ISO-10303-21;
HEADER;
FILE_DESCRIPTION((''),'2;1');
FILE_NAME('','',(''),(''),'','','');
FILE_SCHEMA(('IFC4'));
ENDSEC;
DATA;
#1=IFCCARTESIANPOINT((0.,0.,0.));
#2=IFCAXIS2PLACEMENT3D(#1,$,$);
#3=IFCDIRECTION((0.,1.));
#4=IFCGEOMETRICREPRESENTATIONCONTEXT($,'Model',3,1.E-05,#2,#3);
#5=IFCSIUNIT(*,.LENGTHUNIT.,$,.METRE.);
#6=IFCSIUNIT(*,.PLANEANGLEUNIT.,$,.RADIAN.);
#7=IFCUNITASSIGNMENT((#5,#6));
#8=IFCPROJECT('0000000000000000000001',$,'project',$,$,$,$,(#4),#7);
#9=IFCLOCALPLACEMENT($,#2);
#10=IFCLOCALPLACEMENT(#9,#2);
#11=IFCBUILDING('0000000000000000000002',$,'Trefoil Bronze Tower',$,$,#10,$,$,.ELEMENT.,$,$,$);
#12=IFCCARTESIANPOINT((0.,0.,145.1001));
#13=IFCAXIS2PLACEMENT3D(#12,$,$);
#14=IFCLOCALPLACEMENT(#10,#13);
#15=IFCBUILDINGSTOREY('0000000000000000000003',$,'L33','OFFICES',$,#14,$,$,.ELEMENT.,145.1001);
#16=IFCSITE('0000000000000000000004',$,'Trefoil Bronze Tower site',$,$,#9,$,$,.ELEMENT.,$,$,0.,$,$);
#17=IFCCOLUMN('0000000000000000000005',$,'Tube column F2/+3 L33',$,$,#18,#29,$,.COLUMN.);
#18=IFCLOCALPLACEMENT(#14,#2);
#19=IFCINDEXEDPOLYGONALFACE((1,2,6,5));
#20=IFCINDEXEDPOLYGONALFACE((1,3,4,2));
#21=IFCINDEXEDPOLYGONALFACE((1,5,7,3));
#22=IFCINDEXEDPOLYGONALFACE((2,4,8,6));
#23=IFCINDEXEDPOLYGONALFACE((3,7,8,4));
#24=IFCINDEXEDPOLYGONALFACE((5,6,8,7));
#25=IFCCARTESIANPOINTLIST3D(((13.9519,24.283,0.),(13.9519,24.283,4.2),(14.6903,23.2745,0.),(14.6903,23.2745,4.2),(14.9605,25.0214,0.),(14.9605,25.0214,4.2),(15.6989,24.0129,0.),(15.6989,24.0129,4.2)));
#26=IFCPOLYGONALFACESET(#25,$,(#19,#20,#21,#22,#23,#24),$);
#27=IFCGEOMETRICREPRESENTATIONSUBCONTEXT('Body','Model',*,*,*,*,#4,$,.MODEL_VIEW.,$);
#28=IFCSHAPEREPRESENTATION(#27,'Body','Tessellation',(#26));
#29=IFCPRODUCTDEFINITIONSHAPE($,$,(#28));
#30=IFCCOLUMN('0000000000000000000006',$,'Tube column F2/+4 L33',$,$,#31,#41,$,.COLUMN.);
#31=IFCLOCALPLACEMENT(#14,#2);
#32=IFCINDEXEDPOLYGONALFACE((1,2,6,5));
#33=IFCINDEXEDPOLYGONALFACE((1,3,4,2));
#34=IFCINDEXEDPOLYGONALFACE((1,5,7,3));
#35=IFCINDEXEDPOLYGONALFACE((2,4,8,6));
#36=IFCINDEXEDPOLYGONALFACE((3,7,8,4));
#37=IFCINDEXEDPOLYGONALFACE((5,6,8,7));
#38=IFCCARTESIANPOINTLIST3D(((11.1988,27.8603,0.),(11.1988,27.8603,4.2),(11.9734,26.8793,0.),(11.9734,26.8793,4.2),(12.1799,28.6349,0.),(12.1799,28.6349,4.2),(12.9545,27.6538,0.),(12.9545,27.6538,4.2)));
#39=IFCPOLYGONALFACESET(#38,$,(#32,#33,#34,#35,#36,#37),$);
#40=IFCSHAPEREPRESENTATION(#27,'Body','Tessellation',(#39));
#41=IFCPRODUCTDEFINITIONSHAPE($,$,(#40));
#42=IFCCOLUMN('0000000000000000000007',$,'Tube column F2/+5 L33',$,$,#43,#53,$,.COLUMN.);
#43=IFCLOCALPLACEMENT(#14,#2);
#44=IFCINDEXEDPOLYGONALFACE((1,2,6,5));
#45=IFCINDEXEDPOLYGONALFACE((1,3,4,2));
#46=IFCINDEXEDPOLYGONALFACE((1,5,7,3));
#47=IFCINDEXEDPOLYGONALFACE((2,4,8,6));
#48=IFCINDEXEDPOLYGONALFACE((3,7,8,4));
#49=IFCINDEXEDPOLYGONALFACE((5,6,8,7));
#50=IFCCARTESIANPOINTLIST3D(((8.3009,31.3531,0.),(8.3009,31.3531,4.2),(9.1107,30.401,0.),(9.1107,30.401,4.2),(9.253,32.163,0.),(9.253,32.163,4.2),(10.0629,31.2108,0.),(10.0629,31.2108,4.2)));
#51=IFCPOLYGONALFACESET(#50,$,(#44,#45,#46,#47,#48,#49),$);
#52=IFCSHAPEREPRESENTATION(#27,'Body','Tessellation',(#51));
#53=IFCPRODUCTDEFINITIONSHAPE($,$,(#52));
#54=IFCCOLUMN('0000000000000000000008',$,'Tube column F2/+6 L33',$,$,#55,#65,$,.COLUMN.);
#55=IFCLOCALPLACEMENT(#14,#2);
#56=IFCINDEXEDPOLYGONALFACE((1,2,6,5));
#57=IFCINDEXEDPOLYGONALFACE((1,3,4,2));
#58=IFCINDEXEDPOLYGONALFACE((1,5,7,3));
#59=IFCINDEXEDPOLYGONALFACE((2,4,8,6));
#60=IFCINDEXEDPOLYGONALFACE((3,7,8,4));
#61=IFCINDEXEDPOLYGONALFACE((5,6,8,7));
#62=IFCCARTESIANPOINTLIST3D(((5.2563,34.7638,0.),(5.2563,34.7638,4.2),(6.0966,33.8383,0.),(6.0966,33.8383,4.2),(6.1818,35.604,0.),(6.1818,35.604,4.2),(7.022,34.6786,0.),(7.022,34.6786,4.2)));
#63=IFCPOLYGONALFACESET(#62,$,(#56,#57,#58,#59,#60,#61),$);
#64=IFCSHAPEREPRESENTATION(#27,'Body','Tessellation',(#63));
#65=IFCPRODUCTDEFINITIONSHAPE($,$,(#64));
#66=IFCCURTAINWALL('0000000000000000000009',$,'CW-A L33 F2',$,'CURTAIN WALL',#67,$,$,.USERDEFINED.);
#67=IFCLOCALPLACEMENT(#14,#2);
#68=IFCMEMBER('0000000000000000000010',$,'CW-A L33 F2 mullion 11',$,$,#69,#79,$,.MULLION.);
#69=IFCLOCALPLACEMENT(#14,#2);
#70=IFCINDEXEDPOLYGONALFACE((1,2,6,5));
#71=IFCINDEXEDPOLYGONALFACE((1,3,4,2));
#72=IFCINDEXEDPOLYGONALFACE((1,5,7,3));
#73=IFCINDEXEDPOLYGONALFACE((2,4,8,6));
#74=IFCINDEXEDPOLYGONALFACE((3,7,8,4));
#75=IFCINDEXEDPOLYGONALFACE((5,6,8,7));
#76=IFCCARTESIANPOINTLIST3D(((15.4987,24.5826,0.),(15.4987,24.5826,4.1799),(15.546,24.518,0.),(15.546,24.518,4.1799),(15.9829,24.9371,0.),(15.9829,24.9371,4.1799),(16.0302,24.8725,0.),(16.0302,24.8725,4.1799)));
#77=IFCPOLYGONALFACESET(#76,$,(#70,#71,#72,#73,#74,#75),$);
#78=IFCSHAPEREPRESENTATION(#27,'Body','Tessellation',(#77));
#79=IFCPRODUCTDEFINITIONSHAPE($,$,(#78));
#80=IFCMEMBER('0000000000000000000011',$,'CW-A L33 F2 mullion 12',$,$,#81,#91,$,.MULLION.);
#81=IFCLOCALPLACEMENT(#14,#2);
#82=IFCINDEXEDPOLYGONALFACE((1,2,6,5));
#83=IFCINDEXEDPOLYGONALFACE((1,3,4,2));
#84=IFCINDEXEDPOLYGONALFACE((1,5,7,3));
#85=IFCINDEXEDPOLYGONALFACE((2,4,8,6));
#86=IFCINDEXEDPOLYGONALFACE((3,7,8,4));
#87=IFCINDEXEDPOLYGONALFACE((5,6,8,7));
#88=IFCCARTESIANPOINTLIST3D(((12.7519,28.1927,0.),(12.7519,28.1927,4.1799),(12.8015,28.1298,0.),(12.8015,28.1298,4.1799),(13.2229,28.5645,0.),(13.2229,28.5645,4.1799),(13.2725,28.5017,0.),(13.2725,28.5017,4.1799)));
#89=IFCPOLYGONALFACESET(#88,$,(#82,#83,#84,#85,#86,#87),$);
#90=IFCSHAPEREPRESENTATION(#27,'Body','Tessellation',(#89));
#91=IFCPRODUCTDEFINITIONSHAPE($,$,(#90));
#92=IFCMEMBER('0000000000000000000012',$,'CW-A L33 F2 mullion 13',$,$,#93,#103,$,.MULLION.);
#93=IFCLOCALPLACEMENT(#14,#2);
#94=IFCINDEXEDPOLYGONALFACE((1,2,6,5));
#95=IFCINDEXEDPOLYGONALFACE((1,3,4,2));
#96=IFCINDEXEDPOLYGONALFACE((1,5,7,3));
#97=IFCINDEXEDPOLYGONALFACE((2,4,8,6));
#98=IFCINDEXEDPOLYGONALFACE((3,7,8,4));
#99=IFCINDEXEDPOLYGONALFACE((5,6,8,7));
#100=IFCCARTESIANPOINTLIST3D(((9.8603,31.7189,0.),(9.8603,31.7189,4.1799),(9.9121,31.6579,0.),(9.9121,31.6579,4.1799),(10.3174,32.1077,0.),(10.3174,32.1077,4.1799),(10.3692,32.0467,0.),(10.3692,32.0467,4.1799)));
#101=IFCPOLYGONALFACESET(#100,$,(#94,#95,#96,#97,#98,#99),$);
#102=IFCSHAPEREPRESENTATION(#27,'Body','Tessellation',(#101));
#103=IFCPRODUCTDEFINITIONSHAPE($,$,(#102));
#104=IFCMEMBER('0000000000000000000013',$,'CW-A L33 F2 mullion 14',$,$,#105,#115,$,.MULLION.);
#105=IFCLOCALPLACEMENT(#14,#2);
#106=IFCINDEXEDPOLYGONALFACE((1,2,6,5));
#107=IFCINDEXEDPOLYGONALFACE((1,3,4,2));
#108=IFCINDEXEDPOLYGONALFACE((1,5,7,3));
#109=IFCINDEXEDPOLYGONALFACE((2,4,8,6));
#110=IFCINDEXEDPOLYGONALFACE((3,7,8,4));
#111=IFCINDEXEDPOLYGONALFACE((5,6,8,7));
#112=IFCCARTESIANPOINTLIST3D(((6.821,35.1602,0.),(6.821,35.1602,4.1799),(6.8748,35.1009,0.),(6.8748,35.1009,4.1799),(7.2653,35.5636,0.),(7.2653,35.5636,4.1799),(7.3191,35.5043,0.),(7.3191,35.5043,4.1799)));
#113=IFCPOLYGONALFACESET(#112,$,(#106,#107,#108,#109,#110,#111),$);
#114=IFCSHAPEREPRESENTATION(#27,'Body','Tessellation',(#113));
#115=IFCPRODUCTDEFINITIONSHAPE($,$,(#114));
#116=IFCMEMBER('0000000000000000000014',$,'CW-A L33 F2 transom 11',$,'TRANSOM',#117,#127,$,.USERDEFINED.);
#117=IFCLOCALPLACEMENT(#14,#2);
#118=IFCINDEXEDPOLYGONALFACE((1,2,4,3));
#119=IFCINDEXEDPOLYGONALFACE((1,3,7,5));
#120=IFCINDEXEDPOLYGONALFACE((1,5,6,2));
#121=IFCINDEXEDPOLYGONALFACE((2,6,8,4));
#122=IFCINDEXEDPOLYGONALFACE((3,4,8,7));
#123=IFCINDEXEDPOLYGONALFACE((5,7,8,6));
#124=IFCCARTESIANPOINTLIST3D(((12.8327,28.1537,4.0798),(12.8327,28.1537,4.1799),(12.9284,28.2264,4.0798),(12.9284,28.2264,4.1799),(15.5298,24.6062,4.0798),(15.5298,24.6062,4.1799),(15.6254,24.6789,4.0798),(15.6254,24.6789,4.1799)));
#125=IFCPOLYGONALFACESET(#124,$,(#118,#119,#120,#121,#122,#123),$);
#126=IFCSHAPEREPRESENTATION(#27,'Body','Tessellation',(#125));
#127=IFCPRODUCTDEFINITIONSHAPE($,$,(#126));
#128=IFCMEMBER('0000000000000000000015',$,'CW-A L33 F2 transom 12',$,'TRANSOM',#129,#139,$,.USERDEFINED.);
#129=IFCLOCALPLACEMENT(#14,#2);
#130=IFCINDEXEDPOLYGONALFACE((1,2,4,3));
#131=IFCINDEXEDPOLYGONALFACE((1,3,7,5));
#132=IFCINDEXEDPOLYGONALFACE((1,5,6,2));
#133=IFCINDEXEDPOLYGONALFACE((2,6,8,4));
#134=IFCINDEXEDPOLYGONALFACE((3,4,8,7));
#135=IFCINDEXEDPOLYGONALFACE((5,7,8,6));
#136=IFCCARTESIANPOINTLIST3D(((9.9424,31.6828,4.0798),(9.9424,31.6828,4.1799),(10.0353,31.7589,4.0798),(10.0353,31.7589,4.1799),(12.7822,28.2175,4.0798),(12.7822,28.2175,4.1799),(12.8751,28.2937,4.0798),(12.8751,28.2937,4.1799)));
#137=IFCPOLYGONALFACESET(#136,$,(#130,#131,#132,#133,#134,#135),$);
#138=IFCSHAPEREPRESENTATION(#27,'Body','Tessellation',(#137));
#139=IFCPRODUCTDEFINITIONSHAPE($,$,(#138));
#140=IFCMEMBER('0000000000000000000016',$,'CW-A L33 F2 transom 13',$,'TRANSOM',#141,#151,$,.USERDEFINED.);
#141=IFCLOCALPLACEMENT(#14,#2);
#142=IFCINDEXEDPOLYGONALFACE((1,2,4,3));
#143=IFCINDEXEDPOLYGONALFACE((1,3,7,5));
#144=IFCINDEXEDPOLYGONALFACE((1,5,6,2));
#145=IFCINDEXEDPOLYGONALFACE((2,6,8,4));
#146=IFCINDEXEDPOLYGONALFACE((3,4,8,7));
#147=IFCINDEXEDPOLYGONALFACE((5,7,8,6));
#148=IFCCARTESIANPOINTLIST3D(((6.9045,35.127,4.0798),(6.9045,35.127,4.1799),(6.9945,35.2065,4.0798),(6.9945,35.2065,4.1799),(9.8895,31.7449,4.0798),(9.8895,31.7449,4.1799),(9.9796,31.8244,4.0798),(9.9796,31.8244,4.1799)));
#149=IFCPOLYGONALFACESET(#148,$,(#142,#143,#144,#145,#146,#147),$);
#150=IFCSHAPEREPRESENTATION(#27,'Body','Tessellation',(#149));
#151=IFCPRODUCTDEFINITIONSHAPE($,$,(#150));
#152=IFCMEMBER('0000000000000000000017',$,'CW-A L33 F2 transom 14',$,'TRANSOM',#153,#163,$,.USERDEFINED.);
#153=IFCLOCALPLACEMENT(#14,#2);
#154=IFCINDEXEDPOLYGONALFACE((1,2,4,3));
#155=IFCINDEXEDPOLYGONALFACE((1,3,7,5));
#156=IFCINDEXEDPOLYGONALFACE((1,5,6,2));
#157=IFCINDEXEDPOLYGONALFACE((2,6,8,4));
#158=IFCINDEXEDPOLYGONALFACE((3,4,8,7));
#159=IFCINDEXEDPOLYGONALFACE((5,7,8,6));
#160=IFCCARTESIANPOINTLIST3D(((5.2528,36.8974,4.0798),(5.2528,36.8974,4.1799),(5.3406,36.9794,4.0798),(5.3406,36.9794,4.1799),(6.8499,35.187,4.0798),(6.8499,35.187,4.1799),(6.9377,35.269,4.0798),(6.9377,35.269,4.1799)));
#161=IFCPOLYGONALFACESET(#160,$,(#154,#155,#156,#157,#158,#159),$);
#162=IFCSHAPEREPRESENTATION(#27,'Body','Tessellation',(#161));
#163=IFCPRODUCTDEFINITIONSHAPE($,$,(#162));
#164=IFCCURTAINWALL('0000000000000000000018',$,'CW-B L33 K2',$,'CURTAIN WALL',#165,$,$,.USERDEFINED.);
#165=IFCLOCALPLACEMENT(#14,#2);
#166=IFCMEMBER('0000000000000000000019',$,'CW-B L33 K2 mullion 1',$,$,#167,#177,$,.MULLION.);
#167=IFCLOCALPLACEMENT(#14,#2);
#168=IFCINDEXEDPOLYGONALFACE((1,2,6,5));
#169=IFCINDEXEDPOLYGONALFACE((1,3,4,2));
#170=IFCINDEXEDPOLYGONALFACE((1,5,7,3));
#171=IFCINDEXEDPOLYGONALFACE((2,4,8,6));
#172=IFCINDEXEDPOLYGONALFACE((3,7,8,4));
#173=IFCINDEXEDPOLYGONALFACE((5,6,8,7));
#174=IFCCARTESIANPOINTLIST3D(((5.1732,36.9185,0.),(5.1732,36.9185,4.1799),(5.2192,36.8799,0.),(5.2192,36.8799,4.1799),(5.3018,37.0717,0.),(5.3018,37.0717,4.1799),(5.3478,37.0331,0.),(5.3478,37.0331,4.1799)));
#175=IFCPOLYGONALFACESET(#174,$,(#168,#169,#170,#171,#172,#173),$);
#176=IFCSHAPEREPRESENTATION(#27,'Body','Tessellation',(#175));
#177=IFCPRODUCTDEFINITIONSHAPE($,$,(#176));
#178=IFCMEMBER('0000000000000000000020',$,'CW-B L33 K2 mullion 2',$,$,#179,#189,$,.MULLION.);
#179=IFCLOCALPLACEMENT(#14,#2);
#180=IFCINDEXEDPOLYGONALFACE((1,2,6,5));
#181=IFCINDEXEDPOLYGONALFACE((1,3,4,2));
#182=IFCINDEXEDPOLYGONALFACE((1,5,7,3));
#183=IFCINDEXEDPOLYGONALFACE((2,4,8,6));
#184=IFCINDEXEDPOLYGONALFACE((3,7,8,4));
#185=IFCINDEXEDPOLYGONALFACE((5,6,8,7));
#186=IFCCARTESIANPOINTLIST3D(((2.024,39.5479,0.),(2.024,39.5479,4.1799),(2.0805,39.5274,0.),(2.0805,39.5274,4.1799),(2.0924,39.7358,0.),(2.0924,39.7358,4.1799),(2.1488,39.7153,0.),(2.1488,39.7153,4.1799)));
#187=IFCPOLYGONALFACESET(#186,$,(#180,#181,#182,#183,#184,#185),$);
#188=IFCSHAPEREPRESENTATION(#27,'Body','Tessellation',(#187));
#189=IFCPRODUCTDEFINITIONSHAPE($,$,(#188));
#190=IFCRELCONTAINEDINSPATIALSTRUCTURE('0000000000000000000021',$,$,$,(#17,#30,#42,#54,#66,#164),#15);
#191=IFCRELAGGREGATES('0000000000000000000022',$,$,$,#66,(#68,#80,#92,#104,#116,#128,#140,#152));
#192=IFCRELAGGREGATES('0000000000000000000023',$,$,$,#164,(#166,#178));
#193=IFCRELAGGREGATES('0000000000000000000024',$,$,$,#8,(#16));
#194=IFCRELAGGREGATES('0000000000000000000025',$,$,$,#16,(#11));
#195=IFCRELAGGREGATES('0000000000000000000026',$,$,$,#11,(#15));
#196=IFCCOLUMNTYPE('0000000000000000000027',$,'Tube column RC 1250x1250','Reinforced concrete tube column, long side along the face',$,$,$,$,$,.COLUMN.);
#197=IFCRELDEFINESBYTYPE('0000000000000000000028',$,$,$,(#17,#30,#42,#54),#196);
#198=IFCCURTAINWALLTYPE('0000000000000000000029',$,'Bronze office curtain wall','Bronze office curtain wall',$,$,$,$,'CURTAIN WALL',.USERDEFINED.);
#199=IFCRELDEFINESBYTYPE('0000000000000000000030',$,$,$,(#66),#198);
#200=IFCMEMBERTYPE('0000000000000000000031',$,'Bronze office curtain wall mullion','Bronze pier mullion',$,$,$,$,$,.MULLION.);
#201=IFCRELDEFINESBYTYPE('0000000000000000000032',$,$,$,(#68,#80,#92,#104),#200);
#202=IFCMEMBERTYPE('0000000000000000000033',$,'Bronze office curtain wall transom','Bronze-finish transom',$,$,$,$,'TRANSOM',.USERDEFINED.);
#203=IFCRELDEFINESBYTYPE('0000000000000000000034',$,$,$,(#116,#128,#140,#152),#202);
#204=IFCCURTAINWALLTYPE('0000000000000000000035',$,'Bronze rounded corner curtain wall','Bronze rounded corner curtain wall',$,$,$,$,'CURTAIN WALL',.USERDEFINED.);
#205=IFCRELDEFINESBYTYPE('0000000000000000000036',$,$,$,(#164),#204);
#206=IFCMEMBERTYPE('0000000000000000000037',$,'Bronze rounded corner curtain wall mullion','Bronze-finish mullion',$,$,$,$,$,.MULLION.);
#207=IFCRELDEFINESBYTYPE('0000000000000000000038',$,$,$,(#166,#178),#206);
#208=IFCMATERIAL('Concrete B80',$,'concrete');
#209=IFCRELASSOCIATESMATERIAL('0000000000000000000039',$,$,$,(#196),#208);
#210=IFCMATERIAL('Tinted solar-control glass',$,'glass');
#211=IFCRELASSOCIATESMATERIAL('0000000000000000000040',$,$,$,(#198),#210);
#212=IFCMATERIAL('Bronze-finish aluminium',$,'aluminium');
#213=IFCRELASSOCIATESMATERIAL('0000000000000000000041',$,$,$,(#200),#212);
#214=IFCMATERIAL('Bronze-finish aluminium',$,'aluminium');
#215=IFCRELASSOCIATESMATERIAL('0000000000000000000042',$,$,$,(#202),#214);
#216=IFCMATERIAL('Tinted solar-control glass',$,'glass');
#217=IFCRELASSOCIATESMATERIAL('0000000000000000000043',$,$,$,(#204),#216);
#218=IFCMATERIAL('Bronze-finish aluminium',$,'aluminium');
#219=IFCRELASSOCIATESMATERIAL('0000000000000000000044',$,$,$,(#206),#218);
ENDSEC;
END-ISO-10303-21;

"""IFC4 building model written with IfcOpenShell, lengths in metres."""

from ifc_helpers import new_model, si_unit, direction, frame, origin, origin_2d, place, context, subcontext, project, spatial, rectangle, extrude, material, material_profile, profile_set, type_object, element, aggregate, save


model = new_model("IFC4")

# Units and contexts
model_context = context("Model", 3, precision=1e-05, world=origin(), true_north=direction((0.0, 1.0)))
body_context = subcontext(model_context, "Body", "Model", "MODEL_VIEW")
ifc_project = project(units=[si_unit("LENGTHUNIT", "METRE"), si_unit("PLANEANGLEUNIT", "RADIAN")], contexts=[model_context])

# Site, building, storey
site_placement = place(None, origin())
site = spatial("IfcSite", under=ifc_project, at=site_placement, Name="Trefoil Bronze Tower site", CompositionType="ELEMENT", RefElevation=0.0)
building_placement = place(site_placement, origin())
building = spatial("IfcBuilding", under=site, at=building_placement, Name="Trefoil Bronze Tower", CompositionType="ELEMENT")
storey_placement = place(building_placement, frame((0.0, 0.0, 145.1001)))
storey = spatial("IfcBuildingStorey", under=building, at=storey_placement, Name="L33", Description="OFFICES", CompositionType="ELEMENT", Elevation=145.1001)

# Columns
ifc_material_1 = material(Name="Concrete B80", Category="concrete")
ifc_material_profile_1 = material_profile(ifc_material_1, rectangle(XDim=1.25, YDim=1.25, at=origin_2d()), Name="RC 1250x1250")
ifc_profile_set_1 = profile_set([ifc_material_profile_1], Name="Concrete B80")
column_type = type_object("IfcColumnType", Name="Tube column RC 1250x1250", Description="Reinforced concrete tube column, long side along the face", PredefinedType="COLUMN", material=ifc_profile_set_1)
for number, where, z_axis, x_axis, name in (
    (1, (14.8254, 24.1479, 0.0), (0.0, 0.0, 1.0), (-0.590723, 0.806875, 0.0), "Tube column F2/+3 L33"),
    (2, (12.0767, 27.7571, 0.0), (0.0, 0.0, 1.0), (-0.619649, 0.784879, 0.0), "Tube column F2/+4 L33"),
    (3, (9.1819, 31.282, 0.0), (0.0, 0.0, 1.0), (-0.647904, 0.761722, 0.0), "Tube column F2/+5 L33"),
    (4, (6.1392, 34.7212, 0.0), (0.0, 0.0, 1.0), (-0.67221, 0.740361, 0.0), "Tube column F2/+6 L33"),
):
    element("IfcColumn", number, at=place(storey_placement, frame(where, z_axis=z_axis, x_axis=x_axis)), inside=storey, type_object=column_type, Name=name, PredefinedType="COLUMN", context=body_context, shape_type="SweptSolid", body=[
        extrude(rectangle(XDim=1.25, YDim=1.25, at=origin_2d()), origin(), (0.0, 0.0, 1.0), 4.2),
    ])

# Curtain walls, members
ifc_material_2 = material(Name="Tinted solar-control glass", Category="glass")
curtain_wall_type_1 = type_object("IfcCurtainWallType", Name="Bronze office curtain wall", Description="Bronze office curtain wall", ElementType="CURTAIN WALL", PredefinedType="USERDEFINED", material=ifc_material_2)
curtain_wall_1_placement = place(storey_placement, origin())
curtain_wall_1 = element("IfcCurtainWall", 5, at=curtain_wall_1_placement, inside=storey, type_object=curtain_wall_type_1, Name="CW-A L33 F2", ObjectType="CURTAIN WALL", PredefinedType="USERDEFINED")
ifc_material_3 = material(Name="Bronze-finish aluminium", Category="aluminium")
ifc_material_profile_2 = material_profile(ifc_material_3, rectangle(XDim=0.6001, YDim=0.0801, at=origin_2d()), Name="CW-A mullion")
ifc_profile_set_2 = profile_set([ifc_material_profile_2], Name="Bronze-finish aluminium")
member_type_1 = type_object("IfcMemberType", Name="Bronze office curtain wall mullion", Description="Bronze pier mullion", PredefinedType="MULLION", material=ifc_profile_set_2)
member_1_placement = place(storey_placement, frame((15.7644, 24.7275, 0.0), z_axis=(0.0, 0.0, 1.0), x_axis=(-0.806875, -0.590723, 0.0)))
member_1 = element("IfcMember", 6, at=member_1_placement, type_object=member_type_1, Name="CW-A L33 F2 mullion 11", PredefinedType="MULLION", context=body_context, shape_type="SweptSolid", body=[
    extrude(rectangle(XDim=0.6001, YDim=0.0801, at=origin_2d()), origin(), (0.0, 0.0, 1.0), 4.1799),
])
member_2_placement = place(storey_placement, frame((13.0122, 28.3472, 0.0), z_axis=(0.0, 0.0, 1.0), x_axis=(-0.784879, -0.619649, 0.0)))
member_2 = element("IfcMember", 7, at=member_2_placement, type_object=member_type_1, Name="CW-A L33 F2 mullion 12", PredefinedType="MULLION", context=body_context, shape_type="SweptSolid", body=[
    extrude(rectangle(XDim=0.6001, YDim=0.0801, at=origin_2d()), origin(), (0.0, 0.0, 1.0), 4.1799),
])
member_3_placement = place(storey_placement, frame((10.1147, 31.8828, 0.0), z_axis=(0.0, 0.0, 1.0), x_axis=(-0.761722, -0.647904, 0.0)))
member_3 = element("IfcMember", 8, at=member_3_placement, type_object=member_type_1, Name="CW-A L33 F2 mullion 13", PredefinedType="MULLION", context=body_context, shape_type="SweptSolid", body=[
    extrude(rectangle(XDim=0.6001, YDim=0.0801, at=origin_2d()), origin(), (0.0, 0.0, 1.0), 4.1799),
])
member_4_placement = place(storey_placement, frame((7.0701, 35.3323, 0.0), z_axis=(0.0, 0.0, 1.0), x_axis=(-0.740361, -0.67221, 0.0)))
member_4 = element("IfcMember", 9, at=member_4_placement, type_object=member_type_1, Name="CW-A L33 F2 mullion 14", PredefinedType="MULLION", context=body_context, shape_type="SweptSolid", body=[
    extrude(rectangle(XDim=0.6001, YDim=0.0801, at=origin_2d()), origin(), (0.0, 0.0, 1.0), 4.1799),
])
ifc_material_4 = material(Name="Bronze-finish aluminium", Category="aluminium")
ifc_material_profile_3 = material_profile(ifc_material_4, rectangle(XDim=0.1201, YDim=0.1001, at=origin_2d()), Name="CW-A transom")
ifc_profile_set_3 = profile_set([ifc_material_profile_3], Name="Bronze-finish aluminium")
member_type_2 = type_object("IfcMemberType", Name="Bronze office curtain wall transom", Description="Bronze-finish transom", ElementType="TRANSOM", PredefinedType="USERDEFINED", material=ifc_profile_set_3)
member_5_placement = place(storey_placement, frame((15.5776, 24.6426, 4.1299), z_axis=(-0.605229, 0.796051, 0.0), x_axis=(-0.796051, -0.605229, 0.0)))
member_5 = element("IfcMember", 10, at=member_5_placement, type_object=member_type_2, Name="CW-A L33 F2 transom 11", ObjectType="TRANSOM", PredefinedType="USERDEFINED", context=body_context, shape_type="SweptSolid", body=[
    extrude(rectangle(XDim=0.1201, YDim=0.1001, at=origin_2d()), origin(), (0.0, 0.0, 1.0), 4.4563),
])
member_6_placement = place(storey_placement, frame((12.8286, 28.2556, 4.1299), z_axis=(-0.633849, 0.773457, 0.0), x_axis=(-0.773457, -0.633849, 0.0)))
member_6 = element("IfcMember", 11, at=member_6_placement, type_object=member_type_2, Name="CW-A L33 F2 transom 12", ObjectType="TRANSOM", PredefinedType="USERDEFINED", context=body_context, shape_type="SweptSolid", body=[
    extrude(rectangle(XDim=0.1201, YDim=0.1001, at=origin_2d()), origin(), (0.0, 0.0, 1.0), 4.4802),
])
member_7_placement = place(storey_placement, frame((9.9346, 31.7847, 4.1299), z_axis=(-0.661736, 0.749737, 0.0), x_axis=(-0.749737, -0.661736, 0.0)))
member_7 = element("IfcMember", 12, at=member_7_placement, type_object=member_type_2, Name="CW-A L33 F2 transom 13", ObjectType="TRANSOM", PredefinedType="USERDEFINED", context=body_context, shape_type="SweptSolid", body=[
    extrude(rectangle(XDim=0.1201, YDim=0.1001, at=origin_2d()), origin(), (0.0, 0.0, 1.0), 4.511),
])
member_8_placement = place(storey_placement, frame((6.8938, 35.228, 4.1299), z_axis=(-0.682489, 0.730896, 0.0), x_axis=(-0.730896, -0.682489, 0.0)))
member_8 = element("IfcMember", 13, at=member_8_placement, type_object=member_type_2, Name="CW-A L33 F2 transom 14", ObjectType="TRANSOM", PredefinedType="USERDEFINED", context=body_context, shape_type="SweptSolid", body=[
    extrude(rectangle(XDim=0.1201, YDim=0.1001, at=origin_2d()), origin(), (0.0, 0.0, 1.0), 2.3401),
])
ifc_material_5 = material(Name="Tinted solar-control glass", Category="glass")
curtain_wall_type_2 = type_object("IfcCurtainWallType", Name="Bronze rounded corner curtain wall", Description="Bronze rounded corner curtain wall", ElementType="CURTAIN WALL", PredefinedType="USERDEFINED", material=ifc_material_5)
curtain_wall_2_placement = place(storey_placement, origin())
curtain_wall_2 = element("IfcCurtainWall", 14, at=curtain_wall_2_placement, inside=storey, type_object=curtain_wall_type_2, Name="CW-B L33 K2", ObjectType="CURTAIN WALL", PredefinedType="USERDEFINED")
ifc_material_6 = material(Name="Bronze-finish aluminium", Category="aluminium")
ifc_material_profile_4 = material_profile(ifc_material_6, rectangle(XDim=0.2, YDim=0.0601, at=origin_2d()), Name="CW-B mullion")
ifc_profile_set_4 = profile_set([ifc_material_profile_4], Name="Bronze-finish aluminium")
member_type_3 = type_object("IfcMemberType", Name="Bronze rounded corner curtain wall mullion", Description="Bronze-finish mullion", PredefinedType="MULLION", material=ifc_profile_set_4)
member_9_placement = place(storey_placement, frame((5.2605, 36.9758, 0.0), z_axis=(0.0, 0.0, 1.0), x_axis=(-0.642788, -0.766044, 0.0)))
member_9 = element("IfcMember", 15, at=member_9_placement, type_object=member_type_3, Name="CW-B L33 K2 mullion 1", PredefinedType="MULLION", context=body_context, shape_type="SweptSolid", body=[
    extrude(rectangle(XDim=0.2, YDim=0.0601, at=origin_2d()), origin(), (0.0, 0.0, 1.0), 4.1799),
])
member_10_placement = place(storey_placement, frame((2.0864, 39.6316, 0.0), z_axis=(0.0, 0.0, 1.0), x_axis=(-0.34202, -0.939693, 0.0)))
member_10 = element("IfcMember", 16, at=member_10_placement, type_object=member_type_3, Name="CW-B L33 K2 mullion 2", PredefinedType="MULLION", context=body_context, shape_type="SweptSolid", body=[
    extrude(rectangle(XDim=0.2, YDim=0.0601, at=origin_2d()), origin(), (0.0, 0.0, 1.0), 4.1799),
])

aggregate(curtain_wall_1, [member_1, member_2, member_3, member_4, member_5, member_6, member_7, member_8])
aggregate(curtain_wall_2, [member_9, member_10])

save(model, "model.ifc")
